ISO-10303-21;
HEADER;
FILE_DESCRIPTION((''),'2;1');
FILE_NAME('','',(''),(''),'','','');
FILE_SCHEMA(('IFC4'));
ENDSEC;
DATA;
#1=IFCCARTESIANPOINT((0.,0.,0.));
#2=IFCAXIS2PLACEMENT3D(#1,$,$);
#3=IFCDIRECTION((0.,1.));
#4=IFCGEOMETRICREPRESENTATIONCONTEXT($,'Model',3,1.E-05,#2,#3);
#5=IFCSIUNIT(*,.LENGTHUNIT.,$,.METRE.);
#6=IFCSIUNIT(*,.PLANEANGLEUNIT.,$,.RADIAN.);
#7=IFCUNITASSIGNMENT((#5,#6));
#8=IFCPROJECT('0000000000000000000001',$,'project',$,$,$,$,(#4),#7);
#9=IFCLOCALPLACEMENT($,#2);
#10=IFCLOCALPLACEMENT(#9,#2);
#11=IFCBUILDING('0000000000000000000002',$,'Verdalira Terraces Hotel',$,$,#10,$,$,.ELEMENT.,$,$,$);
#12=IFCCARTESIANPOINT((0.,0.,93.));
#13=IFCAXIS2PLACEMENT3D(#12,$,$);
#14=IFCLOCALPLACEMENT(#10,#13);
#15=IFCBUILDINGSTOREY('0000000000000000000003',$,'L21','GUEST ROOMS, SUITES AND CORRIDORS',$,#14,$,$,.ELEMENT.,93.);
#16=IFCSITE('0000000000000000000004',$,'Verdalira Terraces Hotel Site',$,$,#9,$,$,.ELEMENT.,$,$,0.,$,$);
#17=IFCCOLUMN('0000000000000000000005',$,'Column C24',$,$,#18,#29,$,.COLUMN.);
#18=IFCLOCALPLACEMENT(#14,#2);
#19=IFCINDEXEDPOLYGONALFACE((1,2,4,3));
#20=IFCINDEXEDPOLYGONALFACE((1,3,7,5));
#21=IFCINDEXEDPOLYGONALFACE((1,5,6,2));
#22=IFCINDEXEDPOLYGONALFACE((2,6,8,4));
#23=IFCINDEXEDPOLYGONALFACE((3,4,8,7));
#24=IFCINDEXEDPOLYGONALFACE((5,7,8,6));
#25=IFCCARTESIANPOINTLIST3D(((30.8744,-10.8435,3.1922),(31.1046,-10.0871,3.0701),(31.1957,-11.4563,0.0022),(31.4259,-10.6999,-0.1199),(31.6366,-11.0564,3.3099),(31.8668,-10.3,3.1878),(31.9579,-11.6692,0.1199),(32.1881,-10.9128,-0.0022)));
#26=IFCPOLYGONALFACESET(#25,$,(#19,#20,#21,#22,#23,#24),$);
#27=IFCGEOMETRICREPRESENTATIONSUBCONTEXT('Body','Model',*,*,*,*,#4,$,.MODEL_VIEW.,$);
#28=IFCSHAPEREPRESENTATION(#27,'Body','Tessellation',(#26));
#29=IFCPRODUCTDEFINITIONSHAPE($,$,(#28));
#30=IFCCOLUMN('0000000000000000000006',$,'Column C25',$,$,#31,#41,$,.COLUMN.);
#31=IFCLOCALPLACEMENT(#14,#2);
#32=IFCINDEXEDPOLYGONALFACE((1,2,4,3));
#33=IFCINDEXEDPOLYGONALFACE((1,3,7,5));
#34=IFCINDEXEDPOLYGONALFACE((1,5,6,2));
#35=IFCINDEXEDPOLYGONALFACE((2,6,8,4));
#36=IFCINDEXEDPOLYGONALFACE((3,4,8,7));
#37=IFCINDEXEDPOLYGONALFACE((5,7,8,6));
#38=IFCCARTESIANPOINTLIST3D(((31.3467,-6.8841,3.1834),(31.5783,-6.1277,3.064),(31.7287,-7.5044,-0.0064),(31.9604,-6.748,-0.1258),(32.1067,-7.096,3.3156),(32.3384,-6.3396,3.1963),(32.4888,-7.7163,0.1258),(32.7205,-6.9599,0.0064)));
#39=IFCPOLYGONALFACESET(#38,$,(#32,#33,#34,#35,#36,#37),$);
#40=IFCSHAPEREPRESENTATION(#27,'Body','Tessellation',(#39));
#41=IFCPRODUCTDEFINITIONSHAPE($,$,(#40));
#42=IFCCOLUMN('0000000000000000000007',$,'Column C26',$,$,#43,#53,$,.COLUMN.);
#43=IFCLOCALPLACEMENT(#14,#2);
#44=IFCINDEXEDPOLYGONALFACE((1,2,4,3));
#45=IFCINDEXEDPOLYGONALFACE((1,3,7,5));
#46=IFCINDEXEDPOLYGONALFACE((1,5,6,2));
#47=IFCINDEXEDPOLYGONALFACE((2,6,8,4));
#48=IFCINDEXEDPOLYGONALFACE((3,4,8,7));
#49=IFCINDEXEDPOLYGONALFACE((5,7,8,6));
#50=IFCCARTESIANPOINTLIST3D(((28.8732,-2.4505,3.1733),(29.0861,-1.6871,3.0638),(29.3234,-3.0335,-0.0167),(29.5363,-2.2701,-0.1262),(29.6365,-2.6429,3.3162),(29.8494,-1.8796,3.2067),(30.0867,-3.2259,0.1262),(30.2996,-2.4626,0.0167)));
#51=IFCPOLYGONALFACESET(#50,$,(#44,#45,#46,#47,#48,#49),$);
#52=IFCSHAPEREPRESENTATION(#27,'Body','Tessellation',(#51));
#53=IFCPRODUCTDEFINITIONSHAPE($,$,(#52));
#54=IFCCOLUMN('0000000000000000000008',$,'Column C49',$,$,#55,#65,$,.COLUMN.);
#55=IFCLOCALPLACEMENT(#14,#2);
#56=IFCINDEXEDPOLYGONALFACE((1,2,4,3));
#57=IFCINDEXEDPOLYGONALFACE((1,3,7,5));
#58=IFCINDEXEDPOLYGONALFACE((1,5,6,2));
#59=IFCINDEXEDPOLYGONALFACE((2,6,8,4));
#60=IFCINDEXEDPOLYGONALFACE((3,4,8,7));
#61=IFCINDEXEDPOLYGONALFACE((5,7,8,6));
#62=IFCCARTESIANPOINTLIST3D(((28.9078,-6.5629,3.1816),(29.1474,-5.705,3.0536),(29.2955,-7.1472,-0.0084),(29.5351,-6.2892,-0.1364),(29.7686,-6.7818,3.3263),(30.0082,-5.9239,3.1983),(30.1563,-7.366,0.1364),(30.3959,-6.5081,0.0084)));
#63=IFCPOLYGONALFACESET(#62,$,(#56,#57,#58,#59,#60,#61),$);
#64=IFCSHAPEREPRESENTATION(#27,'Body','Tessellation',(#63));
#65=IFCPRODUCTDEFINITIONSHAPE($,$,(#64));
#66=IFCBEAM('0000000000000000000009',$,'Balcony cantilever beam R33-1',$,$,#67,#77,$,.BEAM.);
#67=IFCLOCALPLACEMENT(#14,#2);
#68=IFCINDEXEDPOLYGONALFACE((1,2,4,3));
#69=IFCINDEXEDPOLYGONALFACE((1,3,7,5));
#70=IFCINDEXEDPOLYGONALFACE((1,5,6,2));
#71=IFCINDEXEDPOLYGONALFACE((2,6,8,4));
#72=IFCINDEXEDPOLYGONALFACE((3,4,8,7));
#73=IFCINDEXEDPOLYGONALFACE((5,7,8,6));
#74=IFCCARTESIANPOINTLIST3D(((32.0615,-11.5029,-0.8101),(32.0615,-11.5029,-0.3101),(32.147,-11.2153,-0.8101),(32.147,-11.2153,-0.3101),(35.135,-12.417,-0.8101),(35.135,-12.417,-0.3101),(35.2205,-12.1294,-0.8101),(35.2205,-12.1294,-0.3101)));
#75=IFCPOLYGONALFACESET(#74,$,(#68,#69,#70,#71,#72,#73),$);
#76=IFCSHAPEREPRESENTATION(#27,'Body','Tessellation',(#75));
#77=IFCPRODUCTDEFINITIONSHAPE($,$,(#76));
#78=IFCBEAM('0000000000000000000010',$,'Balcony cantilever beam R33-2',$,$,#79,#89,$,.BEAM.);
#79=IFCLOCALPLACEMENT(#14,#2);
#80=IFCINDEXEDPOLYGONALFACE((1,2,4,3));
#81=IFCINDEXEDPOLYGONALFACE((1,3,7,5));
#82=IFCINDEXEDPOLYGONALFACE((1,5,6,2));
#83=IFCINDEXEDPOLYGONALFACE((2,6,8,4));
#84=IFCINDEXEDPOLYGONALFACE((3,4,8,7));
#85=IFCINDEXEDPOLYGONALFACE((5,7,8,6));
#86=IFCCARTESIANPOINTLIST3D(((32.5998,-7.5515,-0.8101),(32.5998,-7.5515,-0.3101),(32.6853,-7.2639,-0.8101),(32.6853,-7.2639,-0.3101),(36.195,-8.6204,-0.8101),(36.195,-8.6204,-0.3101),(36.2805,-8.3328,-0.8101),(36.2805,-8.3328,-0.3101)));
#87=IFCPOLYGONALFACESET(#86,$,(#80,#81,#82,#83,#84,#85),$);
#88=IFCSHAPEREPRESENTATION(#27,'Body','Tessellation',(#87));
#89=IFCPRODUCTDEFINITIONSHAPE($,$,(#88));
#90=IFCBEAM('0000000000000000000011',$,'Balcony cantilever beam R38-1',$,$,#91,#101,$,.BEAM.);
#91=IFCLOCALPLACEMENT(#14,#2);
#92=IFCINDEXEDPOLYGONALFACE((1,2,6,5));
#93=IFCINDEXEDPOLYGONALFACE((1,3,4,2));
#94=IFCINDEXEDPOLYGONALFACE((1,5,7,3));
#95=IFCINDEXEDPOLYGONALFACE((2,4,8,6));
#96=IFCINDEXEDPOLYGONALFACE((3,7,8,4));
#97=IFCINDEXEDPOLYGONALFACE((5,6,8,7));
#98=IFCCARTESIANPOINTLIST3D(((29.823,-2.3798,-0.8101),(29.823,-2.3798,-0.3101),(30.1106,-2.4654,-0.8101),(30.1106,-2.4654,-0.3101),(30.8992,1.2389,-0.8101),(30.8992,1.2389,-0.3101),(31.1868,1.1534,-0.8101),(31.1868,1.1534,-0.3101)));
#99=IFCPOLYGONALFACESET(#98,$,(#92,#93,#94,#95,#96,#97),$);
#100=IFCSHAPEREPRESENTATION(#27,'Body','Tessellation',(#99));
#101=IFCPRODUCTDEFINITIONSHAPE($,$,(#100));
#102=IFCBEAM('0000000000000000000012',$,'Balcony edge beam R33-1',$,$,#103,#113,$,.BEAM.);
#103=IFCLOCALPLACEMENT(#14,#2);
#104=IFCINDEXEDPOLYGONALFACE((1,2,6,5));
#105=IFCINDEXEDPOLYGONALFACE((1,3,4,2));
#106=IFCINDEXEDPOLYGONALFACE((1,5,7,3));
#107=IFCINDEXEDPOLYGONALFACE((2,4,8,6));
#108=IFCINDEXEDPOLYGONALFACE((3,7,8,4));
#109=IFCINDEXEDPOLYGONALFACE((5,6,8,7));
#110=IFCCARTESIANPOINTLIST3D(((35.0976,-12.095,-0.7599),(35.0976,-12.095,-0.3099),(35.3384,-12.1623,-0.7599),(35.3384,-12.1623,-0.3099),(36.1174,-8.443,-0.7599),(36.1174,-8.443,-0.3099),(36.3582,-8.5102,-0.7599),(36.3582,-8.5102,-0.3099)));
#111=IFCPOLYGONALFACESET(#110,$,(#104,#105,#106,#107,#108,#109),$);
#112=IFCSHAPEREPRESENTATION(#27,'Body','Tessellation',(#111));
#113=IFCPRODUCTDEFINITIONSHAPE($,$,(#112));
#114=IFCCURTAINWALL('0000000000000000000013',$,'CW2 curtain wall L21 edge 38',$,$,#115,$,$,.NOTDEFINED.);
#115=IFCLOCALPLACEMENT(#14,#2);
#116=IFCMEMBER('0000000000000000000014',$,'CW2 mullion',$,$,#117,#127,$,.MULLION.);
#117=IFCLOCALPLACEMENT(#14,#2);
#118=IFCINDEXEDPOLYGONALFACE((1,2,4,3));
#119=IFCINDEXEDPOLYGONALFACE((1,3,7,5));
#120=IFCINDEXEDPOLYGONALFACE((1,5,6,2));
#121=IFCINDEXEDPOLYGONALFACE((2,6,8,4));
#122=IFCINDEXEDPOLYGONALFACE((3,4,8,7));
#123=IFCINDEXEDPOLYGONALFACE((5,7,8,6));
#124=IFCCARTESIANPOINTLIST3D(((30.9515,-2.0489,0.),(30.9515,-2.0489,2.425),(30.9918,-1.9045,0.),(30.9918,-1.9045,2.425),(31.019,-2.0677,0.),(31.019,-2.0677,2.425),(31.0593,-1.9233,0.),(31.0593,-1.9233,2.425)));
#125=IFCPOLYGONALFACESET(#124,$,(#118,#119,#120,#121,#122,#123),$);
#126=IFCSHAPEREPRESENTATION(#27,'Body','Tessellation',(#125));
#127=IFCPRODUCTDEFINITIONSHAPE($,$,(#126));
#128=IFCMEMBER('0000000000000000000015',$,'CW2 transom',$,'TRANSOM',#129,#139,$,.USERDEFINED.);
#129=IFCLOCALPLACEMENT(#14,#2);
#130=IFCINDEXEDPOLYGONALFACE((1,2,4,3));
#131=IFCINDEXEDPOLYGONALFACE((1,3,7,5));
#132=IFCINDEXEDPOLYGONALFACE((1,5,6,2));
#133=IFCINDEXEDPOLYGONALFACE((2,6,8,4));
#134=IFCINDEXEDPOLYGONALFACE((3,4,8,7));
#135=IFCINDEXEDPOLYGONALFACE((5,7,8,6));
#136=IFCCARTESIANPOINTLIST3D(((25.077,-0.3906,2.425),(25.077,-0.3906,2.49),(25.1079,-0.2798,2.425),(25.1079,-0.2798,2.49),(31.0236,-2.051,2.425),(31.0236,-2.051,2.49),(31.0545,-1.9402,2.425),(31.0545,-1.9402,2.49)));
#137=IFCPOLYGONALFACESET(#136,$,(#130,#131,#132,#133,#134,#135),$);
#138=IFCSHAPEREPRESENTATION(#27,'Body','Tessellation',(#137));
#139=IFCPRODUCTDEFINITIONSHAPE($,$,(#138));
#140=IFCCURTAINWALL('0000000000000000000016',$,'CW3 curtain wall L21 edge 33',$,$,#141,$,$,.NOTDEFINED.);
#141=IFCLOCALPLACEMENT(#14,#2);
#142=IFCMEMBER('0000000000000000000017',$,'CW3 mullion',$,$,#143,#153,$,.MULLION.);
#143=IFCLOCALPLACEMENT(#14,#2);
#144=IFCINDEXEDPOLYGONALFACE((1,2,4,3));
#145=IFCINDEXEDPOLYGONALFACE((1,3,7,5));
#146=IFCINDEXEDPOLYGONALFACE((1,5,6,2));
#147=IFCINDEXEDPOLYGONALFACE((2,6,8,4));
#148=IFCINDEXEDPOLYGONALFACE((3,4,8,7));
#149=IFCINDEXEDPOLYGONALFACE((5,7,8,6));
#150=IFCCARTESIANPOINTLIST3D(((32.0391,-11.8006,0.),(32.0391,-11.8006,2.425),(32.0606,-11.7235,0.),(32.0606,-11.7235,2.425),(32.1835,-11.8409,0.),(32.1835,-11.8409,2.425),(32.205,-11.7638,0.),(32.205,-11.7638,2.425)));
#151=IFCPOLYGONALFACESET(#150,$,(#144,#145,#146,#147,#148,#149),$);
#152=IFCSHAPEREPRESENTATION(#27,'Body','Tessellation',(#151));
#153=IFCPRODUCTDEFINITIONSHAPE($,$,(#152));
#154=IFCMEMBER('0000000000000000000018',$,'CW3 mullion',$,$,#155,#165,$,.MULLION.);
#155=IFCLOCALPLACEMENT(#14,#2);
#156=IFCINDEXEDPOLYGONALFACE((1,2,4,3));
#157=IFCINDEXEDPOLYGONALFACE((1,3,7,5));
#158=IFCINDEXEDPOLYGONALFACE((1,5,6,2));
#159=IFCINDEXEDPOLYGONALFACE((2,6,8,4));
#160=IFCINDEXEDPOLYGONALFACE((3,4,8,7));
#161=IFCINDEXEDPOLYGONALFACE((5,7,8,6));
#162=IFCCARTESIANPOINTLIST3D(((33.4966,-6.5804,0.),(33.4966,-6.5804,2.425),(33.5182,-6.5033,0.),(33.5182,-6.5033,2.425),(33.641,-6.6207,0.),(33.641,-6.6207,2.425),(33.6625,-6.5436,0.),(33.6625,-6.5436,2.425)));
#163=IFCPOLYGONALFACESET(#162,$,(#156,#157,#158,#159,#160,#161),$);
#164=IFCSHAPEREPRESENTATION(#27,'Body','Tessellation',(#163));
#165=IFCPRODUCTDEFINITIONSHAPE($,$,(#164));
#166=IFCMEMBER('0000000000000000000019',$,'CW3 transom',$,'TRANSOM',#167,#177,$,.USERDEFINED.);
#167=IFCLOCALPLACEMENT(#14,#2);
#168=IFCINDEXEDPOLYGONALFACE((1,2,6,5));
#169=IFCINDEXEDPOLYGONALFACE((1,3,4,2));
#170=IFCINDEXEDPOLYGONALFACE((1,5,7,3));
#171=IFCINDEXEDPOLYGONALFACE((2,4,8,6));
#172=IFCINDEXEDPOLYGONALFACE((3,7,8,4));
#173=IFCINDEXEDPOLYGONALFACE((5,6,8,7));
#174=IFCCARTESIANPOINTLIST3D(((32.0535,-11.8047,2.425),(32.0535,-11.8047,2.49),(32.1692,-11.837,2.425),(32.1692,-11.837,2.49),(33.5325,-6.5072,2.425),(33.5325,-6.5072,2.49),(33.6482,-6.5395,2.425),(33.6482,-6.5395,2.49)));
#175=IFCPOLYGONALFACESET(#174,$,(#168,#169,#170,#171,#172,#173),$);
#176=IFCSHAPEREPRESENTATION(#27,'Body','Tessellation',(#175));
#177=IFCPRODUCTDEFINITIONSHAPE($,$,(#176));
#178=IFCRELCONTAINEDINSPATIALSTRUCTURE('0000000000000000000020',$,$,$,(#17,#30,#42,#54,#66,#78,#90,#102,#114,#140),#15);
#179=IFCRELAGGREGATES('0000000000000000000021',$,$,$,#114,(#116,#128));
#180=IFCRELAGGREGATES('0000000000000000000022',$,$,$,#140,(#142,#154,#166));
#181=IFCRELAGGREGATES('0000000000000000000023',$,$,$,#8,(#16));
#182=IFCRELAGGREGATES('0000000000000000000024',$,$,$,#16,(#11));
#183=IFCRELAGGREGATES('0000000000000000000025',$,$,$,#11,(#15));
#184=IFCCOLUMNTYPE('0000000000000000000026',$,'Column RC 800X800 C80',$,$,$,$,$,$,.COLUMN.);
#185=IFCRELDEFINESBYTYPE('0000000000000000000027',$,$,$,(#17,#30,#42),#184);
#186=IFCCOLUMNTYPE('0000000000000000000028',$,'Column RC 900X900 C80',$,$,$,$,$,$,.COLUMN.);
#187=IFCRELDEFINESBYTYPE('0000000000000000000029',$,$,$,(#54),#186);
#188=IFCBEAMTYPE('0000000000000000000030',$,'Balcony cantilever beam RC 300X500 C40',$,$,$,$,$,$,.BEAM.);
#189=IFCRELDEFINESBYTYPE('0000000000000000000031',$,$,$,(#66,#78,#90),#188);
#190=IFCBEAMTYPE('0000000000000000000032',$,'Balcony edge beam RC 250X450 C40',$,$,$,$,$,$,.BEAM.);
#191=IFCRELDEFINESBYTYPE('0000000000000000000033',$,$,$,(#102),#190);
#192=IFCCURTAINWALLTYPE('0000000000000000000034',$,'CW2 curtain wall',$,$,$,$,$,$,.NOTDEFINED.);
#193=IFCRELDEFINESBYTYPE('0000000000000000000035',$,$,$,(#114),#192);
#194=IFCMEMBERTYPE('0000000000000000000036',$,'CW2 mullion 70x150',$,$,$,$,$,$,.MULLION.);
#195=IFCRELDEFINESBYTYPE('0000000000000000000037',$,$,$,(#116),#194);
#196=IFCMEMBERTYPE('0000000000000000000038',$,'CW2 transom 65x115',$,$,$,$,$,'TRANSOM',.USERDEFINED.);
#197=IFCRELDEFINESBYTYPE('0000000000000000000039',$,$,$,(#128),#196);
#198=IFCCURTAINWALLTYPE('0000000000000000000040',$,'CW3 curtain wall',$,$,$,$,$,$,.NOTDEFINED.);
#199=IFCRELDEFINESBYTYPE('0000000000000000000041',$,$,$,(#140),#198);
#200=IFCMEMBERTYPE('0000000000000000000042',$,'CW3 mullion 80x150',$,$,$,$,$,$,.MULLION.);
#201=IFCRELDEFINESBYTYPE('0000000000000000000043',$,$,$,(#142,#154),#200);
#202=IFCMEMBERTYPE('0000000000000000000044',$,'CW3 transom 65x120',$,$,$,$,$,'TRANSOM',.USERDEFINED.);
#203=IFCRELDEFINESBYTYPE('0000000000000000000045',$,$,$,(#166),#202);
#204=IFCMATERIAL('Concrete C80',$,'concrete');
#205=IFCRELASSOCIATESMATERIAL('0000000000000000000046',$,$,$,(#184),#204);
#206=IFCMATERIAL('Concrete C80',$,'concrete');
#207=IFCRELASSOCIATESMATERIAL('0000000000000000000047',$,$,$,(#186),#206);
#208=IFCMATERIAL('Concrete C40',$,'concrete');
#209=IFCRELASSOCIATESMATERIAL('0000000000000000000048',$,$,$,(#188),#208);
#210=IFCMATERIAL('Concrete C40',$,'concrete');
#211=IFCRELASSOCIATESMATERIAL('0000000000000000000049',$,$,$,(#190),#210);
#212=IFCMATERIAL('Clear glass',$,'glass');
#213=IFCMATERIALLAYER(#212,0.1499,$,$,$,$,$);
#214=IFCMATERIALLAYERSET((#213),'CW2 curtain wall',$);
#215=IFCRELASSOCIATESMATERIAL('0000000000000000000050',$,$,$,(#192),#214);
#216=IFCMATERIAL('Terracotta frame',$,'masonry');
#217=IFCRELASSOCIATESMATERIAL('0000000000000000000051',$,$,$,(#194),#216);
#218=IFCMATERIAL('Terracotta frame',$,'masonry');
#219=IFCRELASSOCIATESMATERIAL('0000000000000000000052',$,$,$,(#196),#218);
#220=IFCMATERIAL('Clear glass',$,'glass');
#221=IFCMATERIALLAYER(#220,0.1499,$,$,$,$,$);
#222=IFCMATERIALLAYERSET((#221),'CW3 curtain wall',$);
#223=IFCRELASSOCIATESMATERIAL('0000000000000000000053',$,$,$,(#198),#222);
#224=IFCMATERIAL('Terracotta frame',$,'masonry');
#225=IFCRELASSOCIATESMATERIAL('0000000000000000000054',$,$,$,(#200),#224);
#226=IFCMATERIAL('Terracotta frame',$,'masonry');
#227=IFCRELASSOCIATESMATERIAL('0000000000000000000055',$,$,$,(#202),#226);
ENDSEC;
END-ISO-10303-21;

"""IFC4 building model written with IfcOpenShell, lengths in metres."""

from ifc_helpers import new_model, si_unit, direction, frame, origin, origin_2d, place, context, subcontext, project, spatial, rectangle, extrude, material, layer, layer_set, material_profile, profile_set, type_object, element, aggregate, save


model = new_model("IFC4")

# Units and contexts
model_context = context("Model", 3, precision=1e-05, world=origin(), true_north=direction((0.0, 1.0)))
body_context = subcontext(model_context, "Body", "Model", "MODEL_VIEW")
ifc_project = project(units=[si_unit("LENGTHUNIT", "METRE"), si_unit("PLANEANGLEUNIT", "RADIAN")], contexts=[model_context])

# Site, building, storey
site_placement = place(None, origin())
site = spatial("IfcSite", under=ifc_project, at=site_placement, Name="Verdalira Terraces Hotel Site", CompositionType="ELEMENT", RefElevation=0.0)
building_placement = place(site_placement, origin())
building = spatial("IfcBuilding", under=site, at=building_placement, Name="Verdalira Terraces Hotel", CompositionType="ELEMENT")
storey_placement = place(building_placement, frame((0.0, 0.0, 93.0)))
storey = spatial("IfcBuildingStorey", under=building, at=storey_placement, Name="L21", Description="GUEST ROOMS, SUITES AND CORRIDORS", CompositionType="ELEMENT", Elevation=93.0)

# Columns
ifc_material_1 = material(Name="Concrete C80", Category="concrete")
ifc_material_profile_1 = material_profile(ifc_material_1, rectangle(XDim=0.8, YDim=0.8, at=origin_2d()), Name="RC 800X800")
ifc_profile_set_1 = profile_set([ifc_material_profile_1], Name="Concrete C80")
column_type_1 = type_object("IfcColumnType", Name="Column RC 800X800 C80", PredefinedType="COLUMN", material=ifc_profile_set_1)
column_1_placement = place(storey_placement, frame((31.6919, -11.1846, 0.0), z_axis=(-0.098431, 0.187736, 0.977275), x_axis=(0.287692, 0.945479, -0.152652)))
element("IfcColumn", 1, at=column_1_placement, inside=storey, type_object=column_type_1, Name="Column C24", PredefinedType="COLUMN", context=body_context, shape_type="SweptSolid", body=[
    extrude(rectangle(XDim=0.8, YDim=0.8, at=origin_2d()), origin(), (0.0, 0.0, 1.0), 3.2642),
])
column_2_placement = place(storey_placement, frame((32.2246, -7.2322, 0.0), z_axis=(-0.11677, 0.189592, 0.974895), x_axis=(0.289567, 0.94546, -0.149184)))
element("IfcColumn", 2, at=column_2_placement, inside=storey, type_object=column_type_1, Name="Column C25", PredefinedType="COLUMN", context=body_context, shape_type="SweptSolid", body=[
    extrude(rectangle(XDim=0.8, YDim=0.8, at=origin_2d()), origin(), (0.0, 0.0, 1.0), 3.272),
])
column_3_placement = place(storey_placement, frame((29.8115, -2.748, 0.0), z_axis=(-0.137511, 0.178078, 0.974361), x_axis=(-0.954072, 0.240512, -0.178605)))
element("IfcColumn", 3, at=column_3_placement, inside=storey, type_object=column_type_1, Name="Column C26", PredefinedType="COLUMN", context=body_context, shape_type="SweptSolid", body=[
    extrude(rectangle(XDim=0.8, YDim=0.8, at=origin_2d()), origin(), (0.0, 0.0, 1.0), 3.2739),
])
ifc_material_2 = material(Name="Concrete C80", Category="concrete")
ifc_material_profile_2 = material_profile(ifc_material_2, rectangle(XDim=0.8999, YDim=0.8999, at=origin_2d()), Name="RC 900X900")
ifc_profile_set_2 = profile_set([ifc_material_profile_2], Name="Concrete C80")
column_type_2 = type_object("IfcColumnType", Name="Column RC 900X900 C80", PredefinedType="COLUMN", material=ifc_profile_set_2)
column_4_placement = place(storey_placement, frame((29.8457, -6.8276, 0.0), z_axis=(-0.118703, 0.178877, 0.976684), x_axis=(0.956552, -0.243212, 0.1608)))
element("IfcColumn", 4, at=column_4_placement, inside=storey, type_object=column_type_2, Name="Column C49", PredefinedType="COLUMN", context=body_context, shape_type="SweptSolid", body=[
    extrude(rectangle(XDim=0.8999, YDim=0.8999, at=origin_2d()), origin(), (0.0, 0.0, 1.0), 3.2661),
])

# Beams
ifc_material_3 = material(Name="Concrete C40", Category="concrete")
ifc_material_profile_3 = material_profile(ifc_material_3, rectangle(XDim=0.3, YDim=0.5, at=origin_2d()), Name="RC 300X500")
ifc_profile_set_3 = profile_set([ifc_material_profile_3], Name="Concrete C40")
beam_type_1 = type_object("IfcBeamType", Name="Balcony cantilever beam RC 300X500 C40", PredefinedType="BEAM", material=ifc_profile_set_3)
beam_1_placement = place(storey_placement, frame((32.1042, -11.3591, -0.5601), z_axis=(0.958509, -0.285063, 0.0), x_axis=(0.285063, 0.958509, 0.0)))
element("IfcBeam", 5, at=beam_1_placement, inside=storey, type_object=beam_type_1, Name="Balcony cantilever beam R33-1", PredefinedType="BEAM", context=body_context, shape_type="SweptSolid", body=[
    extrude(rectangle(XDim=0.3, YDim=0.5, at=origin_2d()), origin(), (0.0, 0.0, 1.0), 3.2065),
])
beam_2_placement = place(storey_placement, frame((32.6426, -7.4077, -0.5601), z_axis=(0.958536, -0.28497, 0.0), x_axis=(0.28497, 0.958536, 0.0)))
element("IfcBeam", 6, at=beam_2_placement, inside=storey, type_object=beam_type_1, Name="Balcony cantilever beam R33-2", PredefinedType="BEAM", context=body_context, shape_type="SweptSolid", body=[
    extrude(rectangle(XDim=0.3, YDim=0.5, at=origin_2d()), origin(), (0.0, 0.0, 1.0), 3.7507),
])
beam_3_placement = place(storey_placement, frame((29.9668, -2.4226, -0.5601), z_axis=(0.285057, 0.958511, 0.0), x_axis=(-0.958511, 0.285057, 0.0)))
element("IfcBeam", 7, at=beam_3_placement, inside=storey, type_object=beam_type_1, Name="Balcony cantilever beam R38-1", PredefinedType="BEAM", context=body_context, shape_type="SweptSolid", body=[
    extrude(rectangle(XDim=0.3, YDim=0.5, at=origin_2d()), origin(), (0.0, 0.0, 1.0), 3.7754),
])
ifc_material_4 = material(Name="Concrete C40", Category="concrete")
ifc_material_profile_4 = material_profile(ifc_material_4, rectangle(XDim=0.25, YDim=0.45, at=origin_2d()), Name="RC 250X450")
ifc_profile_set_4 = profile_set([ifc_material_profile_4], Name="Concrete C40")
beam_type_2 = type_object("IfcBeamType", Name="Balcony edge beam RC 250X450 C40", PredefinedType="BEAM", material=ifc_profile_set_4)
beam_4_placement = place(storey_placement, frame((35.218, -12.1287, -0.5349), z_axis=(0.268942, 0.963156, 0.0), x_axis=(-0.963156, 0.268942, 0.0)))
element("IfcBeam", 8, at=beam_4_placement, inside=storey, type_object=beam_type_2, Name="Balcony edge beam R33-1", PredefinedType="BEAM", context=body_context, shape_type="SweptSolid", body=[
    extrude(rectangle(XDim=0.25, YDim=0.45, at=origin_2d()), origin(), (0.0, 0.0, 1.0), 3.7917),
])

# Curtain walls, members
ifc_material_5 = material(Name="Clear glass", Category="glass")
ifc_layer_1 = layer(ifc_material_5, 0.1499)
ifc_layer_set_1 = layer_set([ifc_layer_1], Name="CW2 curtain wall")
curtain_wall_type_1 = type_object("IfcCurtainWallType", Name="CW2 curtain wall", PredefinedType="NOTDEFINED", material=ifc_layer_set_1)
curtain_wall_1_placement = place(storey_placement, origin())
curtain_wall_1 = element("IfcCurtainWall", 9, at=curtain_wall_1_placement, inside=storey, type_object=curtain_wall_type_1, Name="CW2 curtain wall L21 edge 38", PredefinedType="NOTDEFINED")
ifc_material_6 = material(Name="Terracotta frame", Category="masonry")
ifc_material_profile_5 = material_profile(ifc_material_6, rectangle(XDim=0.0701, YDim=0.1499, at=origin_2d()), Name="MU 70x150")
ifc_profile_set_5 = profile_set([ifc_material_profile_5], Name="Terracotta frame")
member_type_1 = type_object("IfcMemberType", Name="CW2 mullion 70x150", PredefinedType="MULLION", material=ifc_profile_set_5)
member_1_placement = place(storey_placement, frame((31.0054, -1.9861, 0.0), z_axis=(0.0, 0.0, 1.0), x_axis=(-0.963163, 0.26892, 0.0)))
member_1 = element("IfcMember", 10, at=member_1_placement, type_object=member_type_1, Name="CW2 mullion", PredefinedType="MULLION", context=body_context, shape_type="SweptSolid", body=[
    extrude(rectangle(XDim=0.0701, YDim=0.1499, at=origin_2d()), origin(), (0.0, 0.0, 1.0), 2.425),
])
ifc_material_7 = material(Name="Terracotta frame", Category="masonry")
ifc_material_profile_6 = material_profile(ifc_material_7, rectangle(XDim=0.115, YDim=0.0649, at=origin_2d()), Name="TR 65x115")
ifc_profile_set_6 = profile_set([ifc_material_profile_6], Name="Terracotta frame")
member_type_2 = type_object("IfcMemberType", Name="CW2 transom 65x115", ElementType="TRANSOM", PredefinedType="USERDEFINED", material=ifc_profile_set_6)
member_2_placement = place(storey_placement, frame((31.0391, -1.9956, 2.4575), z_axis=(-0.963158, 0.268935, 0.0), x_axis=(-0.268935, -0.963158, 0.0)))
member_2 = element("IfcMember", 11, at=member_2_placement, type_object=member_type_2, Name="CW2 transom", ObjectType="TRANSOM", PredefinedType="USERDEFINED", context=body_context, shape_type="SweptSolid", body=[
    extrude(rectangle(XDim=0.115, YDim=0.0649, at=origin_2d()), origin(), (0.0, 0.0, 1.0), 6.1741),
])
aggregate(curtain_wall_1, [member_1, member_2])
ifc_material_8 = material(Name="Clear glass", Category="glass")
ifc_layer_2 = layer(ifc_material_8, 0.1499)
ifc_layer_set_2 = layer_set([ifc_layer_2], Name="CW3 curtain wall")
curtain_wall_type_2 = type_object("IfcCurtainWallType", Name="CW3 curtain wall", PredefinedType="NOTDEFINED", material=ifc_layer_set_2)
curtain_wall_2_placement = place(storey_placement, origin())
curtain_wall_2 = element("IfcCurtainWall", 12, at=curtain_wall_2_placement, inside=storey, type_object=curtain_wall_type_2, Name="CW3 curtain wall L21 edge 33", PredefinedType="NOTDEFINED")
ifc_material_9 = material(Name="Terracotta frame", Category="masonry")
ifc_material_profile_7 = material_profile(ifc_material_9, rectangle(XDim=0.0801, YDim=0.1499, at=origin_2d()), Name="MU 80x150")
ifc_profile_set_7 = profile_set([ifc_material_profile_7], Name="Terracotta frame")
member_type_3 = type_object("IfcMemberType", Name="CW3 mullion 80x150", PredefinedType="MULLION", material=ifc_profile_set_7)
member_3_placement = place(storey_placement, frame((32.1221, -11.7822, 0.0), z_axis=(0.0, 0.0, 1.0), x_axis=(0.26892, 0.963163, 0.0)))
member_3 = element("IfcMember", 13, at=member_3_placement, type_object=member_type_3, Name="CW3 mullion", PredefinedType="MULLION", context=body_context, shape_type="SweptSolid", body=[
    extrude(rectangle(XDim=0.0801, YDim=0.1499, at=origin_2d()), origin(), (0.0, 0.0, 1.0), 2.425),
])
member_4_placement = place(storey_placement, frame((33.5796, -6.562, 0.0), z_axis=(0.0, 0.0, 1.0), x_axis=(0.26892, 0.963163, 0.0)))
member_4 = element("IfcMember", 14, at=member_4_placement, type_object=member_type_3, Name="CW3 mullion", PredefinedType="MULLION", context=body_context, shape_type="SweptSolid", body=[
    extrude(rectangle(XDim=0.0801, YDim=0.1499, at=origin_2d()), origin(), (0.0, 0.0, 1.0), 2.425),
])
ifc_material_10 = material(Name="Terracotta frame", Category="masonry")
ifc_material_profile_8 = material_profile(ifc_material_10, rectangle(XDim=0.1201, YDim=0.0649, at=origin_2d()), Name="TR 65x120")
ifc_profile_set_8 = profile_set([ifc_material_profile_8], Name="Terracotta frame")
member_type_4 = type_object("IfcMemberType", Name="CW3 transom 65x120", ElementType="TRANSOM", PredefinedType="USERDEFINED", material=ifc_profile_set_8)
member_5_placement = place(storey_placement, frame((32.1113, -11.8208, 2.4575), z_axis=(0.268912, 0.963165, 0.0), x_axis=(-0.963165, 0.268912, 0.0)))
member_5 = element("IfcMember", 15, at=member_5_placement, type_object=member_type_4, Name="CW3 transom", ObjectType="TRANSOM", PredefinedType="USERDEFINED", context=body_context, shape_type="SweptSolid", body=[
    extrude(rectangle(XDim=0.1201, YDim=0.0649, at=origin_2d()), origin(), (0.0, 0.0, 1.0), 5.5),
])

aggregate(curtain_wall_2, [member_3, member_4, member_5])

save(model, "model.ifc")
